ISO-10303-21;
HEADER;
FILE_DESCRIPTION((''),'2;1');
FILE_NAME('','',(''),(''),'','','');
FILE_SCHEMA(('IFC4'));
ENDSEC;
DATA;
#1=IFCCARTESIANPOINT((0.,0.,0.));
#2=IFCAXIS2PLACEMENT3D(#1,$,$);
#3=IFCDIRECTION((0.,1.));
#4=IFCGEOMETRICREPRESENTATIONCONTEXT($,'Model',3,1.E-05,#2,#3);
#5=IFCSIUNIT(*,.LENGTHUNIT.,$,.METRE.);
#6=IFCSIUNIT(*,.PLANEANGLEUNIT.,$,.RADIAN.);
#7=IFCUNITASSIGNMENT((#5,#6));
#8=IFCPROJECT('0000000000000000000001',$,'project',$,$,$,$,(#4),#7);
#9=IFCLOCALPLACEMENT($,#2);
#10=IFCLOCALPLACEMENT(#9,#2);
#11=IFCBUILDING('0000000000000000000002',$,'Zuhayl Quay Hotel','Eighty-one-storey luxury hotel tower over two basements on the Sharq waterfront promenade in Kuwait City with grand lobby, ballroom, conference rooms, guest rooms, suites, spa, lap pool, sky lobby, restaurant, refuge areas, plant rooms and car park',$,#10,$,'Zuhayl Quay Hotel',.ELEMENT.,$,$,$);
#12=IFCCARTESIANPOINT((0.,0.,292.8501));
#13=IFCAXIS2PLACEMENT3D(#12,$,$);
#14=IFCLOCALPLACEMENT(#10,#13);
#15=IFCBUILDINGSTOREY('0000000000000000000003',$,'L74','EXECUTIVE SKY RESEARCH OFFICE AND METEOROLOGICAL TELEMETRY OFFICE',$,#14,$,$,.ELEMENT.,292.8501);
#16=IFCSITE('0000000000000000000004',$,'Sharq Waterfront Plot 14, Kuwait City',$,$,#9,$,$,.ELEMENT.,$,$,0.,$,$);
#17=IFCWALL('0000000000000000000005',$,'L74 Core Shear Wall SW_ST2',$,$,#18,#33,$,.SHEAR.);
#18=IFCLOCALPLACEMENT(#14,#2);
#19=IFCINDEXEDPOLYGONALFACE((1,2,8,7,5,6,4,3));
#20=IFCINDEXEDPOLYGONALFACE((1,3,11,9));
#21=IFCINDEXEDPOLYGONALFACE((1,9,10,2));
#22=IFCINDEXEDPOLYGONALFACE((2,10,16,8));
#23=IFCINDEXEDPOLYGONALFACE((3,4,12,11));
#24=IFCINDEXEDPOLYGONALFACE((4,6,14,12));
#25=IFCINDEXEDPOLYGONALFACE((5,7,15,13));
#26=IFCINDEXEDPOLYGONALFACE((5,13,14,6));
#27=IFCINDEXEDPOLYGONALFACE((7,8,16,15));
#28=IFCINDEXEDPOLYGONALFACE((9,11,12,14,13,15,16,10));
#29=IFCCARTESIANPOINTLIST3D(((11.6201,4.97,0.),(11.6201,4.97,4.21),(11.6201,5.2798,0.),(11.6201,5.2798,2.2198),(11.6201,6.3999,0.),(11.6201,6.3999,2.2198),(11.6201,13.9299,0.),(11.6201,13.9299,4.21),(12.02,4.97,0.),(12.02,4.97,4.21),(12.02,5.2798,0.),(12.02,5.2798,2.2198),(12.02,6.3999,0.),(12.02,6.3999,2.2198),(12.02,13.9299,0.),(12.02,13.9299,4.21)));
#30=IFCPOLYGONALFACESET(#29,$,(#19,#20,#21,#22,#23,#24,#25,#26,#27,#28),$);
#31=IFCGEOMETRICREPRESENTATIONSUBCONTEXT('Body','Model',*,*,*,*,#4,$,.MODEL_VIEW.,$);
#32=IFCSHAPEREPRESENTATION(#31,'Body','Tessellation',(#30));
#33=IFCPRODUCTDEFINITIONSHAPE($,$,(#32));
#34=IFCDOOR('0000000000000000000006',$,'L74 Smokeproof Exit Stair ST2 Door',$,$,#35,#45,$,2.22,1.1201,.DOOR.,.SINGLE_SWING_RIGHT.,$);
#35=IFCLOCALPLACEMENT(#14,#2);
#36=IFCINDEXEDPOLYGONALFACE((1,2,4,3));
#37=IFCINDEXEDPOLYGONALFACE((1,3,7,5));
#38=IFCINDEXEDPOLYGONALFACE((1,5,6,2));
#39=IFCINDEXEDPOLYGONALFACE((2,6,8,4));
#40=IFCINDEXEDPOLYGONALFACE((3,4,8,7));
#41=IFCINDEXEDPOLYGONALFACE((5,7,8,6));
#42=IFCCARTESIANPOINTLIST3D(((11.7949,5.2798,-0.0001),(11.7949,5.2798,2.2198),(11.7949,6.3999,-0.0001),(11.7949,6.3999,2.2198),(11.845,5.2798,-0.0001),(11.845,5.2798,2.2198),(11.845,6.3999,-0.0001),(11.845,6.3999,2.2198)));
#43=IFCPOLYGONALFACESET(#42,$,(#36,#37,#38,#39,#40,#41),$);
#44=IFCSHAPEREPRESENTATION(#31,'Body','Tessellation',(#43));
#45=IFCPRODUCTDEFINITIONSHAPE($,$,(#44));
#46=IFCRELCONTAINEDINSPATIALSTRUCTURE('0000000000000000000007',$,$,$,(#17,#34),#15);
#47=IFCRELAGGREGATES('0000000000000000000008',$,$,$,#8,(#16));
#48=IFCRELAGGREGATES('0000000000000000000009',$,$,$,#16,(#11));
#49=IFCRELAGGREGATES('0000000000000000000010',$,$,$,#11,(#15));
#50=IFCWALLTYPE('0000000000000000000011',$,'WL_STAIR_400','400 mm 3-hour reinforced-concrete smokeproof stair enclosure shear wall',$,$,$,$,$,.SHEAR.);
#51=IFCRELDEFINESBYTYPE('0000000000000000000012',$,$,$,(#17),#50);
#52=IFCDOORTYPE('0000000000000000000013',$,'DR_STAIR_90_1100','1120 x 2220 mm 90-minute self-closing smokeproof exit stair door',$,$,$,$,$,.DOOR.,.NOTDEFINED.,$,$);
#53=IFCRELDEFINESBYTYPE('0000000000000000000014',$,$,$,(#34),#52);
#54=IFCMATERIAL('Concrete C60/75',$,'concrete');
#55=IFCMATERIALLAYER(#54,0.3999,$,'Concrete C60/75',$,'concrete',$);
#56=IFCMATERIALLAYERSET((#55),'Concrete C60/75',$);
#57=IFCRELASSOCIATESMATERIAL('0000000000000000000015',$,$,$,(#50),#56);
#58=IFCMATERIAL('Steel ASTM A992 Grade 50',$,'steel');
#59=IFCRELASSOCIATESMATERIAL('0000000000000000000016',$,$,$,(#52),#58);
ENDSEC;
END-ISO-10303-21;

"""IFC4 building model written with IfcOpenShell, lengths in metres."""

from ifc_helpers import new_model, si_unit, direction, frame, frame_2d, origin, place, context, subcontext, project, spatial, rectangle, extrude, material, layer, layer_set, type_object, element, fill, save


model = new_model("IFC4")

# Units and contexts
model_context = context("Model", 3, precision=1e-05, world=origin(), true_north=direction((0.0, 1.0)))
body_context = subcontext(model_context, "Body", "Model", "MODEL_VIEW")
ifc_project = project(units=[si_unit("LENGTHUNIT", "METRE"), si_unit("PLANEANGLEUNIT", "RADIAN")], contexts=[model_context])

# Site, building, storey
site_placement = place(None, origin())
site = spatial("IfcSite", under=ifc_project, at=site_placement, Name="Sharq Waterfront Plot 14, Kuwait City", CompositionType="ELEMENT", RefElevation=0.0)
building_placement = place(site_placement, origin())
building = spatial("IfcBuilding", under=site, at=building_placement, Name="Zuhayl Quay Hotel", Description="Eighty-one-storey luxury hotel tower over two basements on the Sharq waterfront promenade in Kuwait City with grand lobby, ballroom, conference rooms, guest rooms, suites, spa, lap pool, sky lobby, restaurant, refuge areas, plant rooms and car park", LongName="Zuhayl Quay Hotel", CompositionType="ELEMENT")
storey_placement = place(building_placement, frame((0.0, 0.0, 292.8501)))
storey = spatial("IfcBuildingStorey", under=building, at=storey_placement, Name="L74", Description="EXECUTIVE SKY RESEARCH OFFICE AND METEOROLOGICAL TELEMETRY OFFICE", CompositionType="ELEMENT", Elevation=292.8501)

# Shared definitions
ifc_material_1 = material(Name="Concrete C60/75", Category="concrete")

# Shared definitions
ifc_material_2 = material(Name="Steel ASTM A992 Grade 50", Category="steel")

# Wall, opening, door
ifc_layer_1 = layer(ifc_material_1, 0.3999, Name="Concrete C60/75", Category="concrete")
ifc_layer_set_1 = layer_set([ifc_layer_1], Name="Concrete C60/75")
wall_type_1 = type_object("IfcWallType", Name="WL_STAIR_400", Description="400 mm 3-hour reinforced-concrete smokeproof stair enclosure shear wall", PredefinedType="SHEAR", material=ifc_layer_set_1)
wall_1_placement = place(storey_placement, frame((11.8201, 13.9299, 0.0), z_axis=(0.0, 0.0, 1.0), x_axis=(0.0, -1.0, 0.0)))
wall_1 = element("IfcWall", 1, at=wall_1_placement, inside=storey, type_object=wall_type_1, Name="L74 Core Shear Wall SW_ST2", PredefinedType="SHEAR", context=body_context, shape_type="SweptSolid", body=[
    extrude(rectangle(XDim=8.96, YDim=0.3999, at=frame_2d((4.48, 0.0))), origin(), (0.0, 0.0, 1.0), 4.21),
])
opening_1_placement = place(wall_1_placement, frame((7.53, 0.0, 0.0)))
opening_1 = element("IfcOpeningElement", 2, at=opening_1_placement, cuts=wall_1, PredefinedType="OPENING", context=body_context, shape_type="SweptSolid", body=[
    extrude(rectangle(XDim=1.1201, YDim=2.22, at=frame_2d((0.5601, 1.1099))), frame((0.0, 0.21, 0.0), z_axis=(0.0, -1.0, 0.0), x_axis=(1.0, 0.0, 0.0)), (0.0, 0.0, 1.0), 0.4199),
])
door_type_1 = type_object("IfcDoorType", Name="DR_STAIR_90_1100", Description="1120 x 2220 mm 90-minute self-closing smokeproof exit stair door", OperationType="NOTDEFINED", PredefinedType="DOOR", material=ifc_material_2)
door_1_placement = place(opening_1_placement, origin())
door_1 = element("IfcDoor", 3, at=door_1_placement, inside=storey, type_object=door_type_1, Name="L74 Smokeproof Exit Stair ST2 Door", OperationType="SINGLE_SWING_RIGHT", OverallHeight=2.22, OverallWidth=1.1201, PredefinedType="DOOR", context=body_context, shape_type="SweptSolid", body=[
    extrude(rectangle(XDim=1.1201, YDim=2.22, at=frame_2d((0.5601, 1.1099))), frame((0.0, 0.0249, 0.0), z_axis=(0.0, -1.0, 0.0), x_axis=(1.0, 0.0, 0.0)), (0.0, 0.0, 1.0), 0.05),
])
fill(opening_1, door_1)

save(model, "model.ifc")
